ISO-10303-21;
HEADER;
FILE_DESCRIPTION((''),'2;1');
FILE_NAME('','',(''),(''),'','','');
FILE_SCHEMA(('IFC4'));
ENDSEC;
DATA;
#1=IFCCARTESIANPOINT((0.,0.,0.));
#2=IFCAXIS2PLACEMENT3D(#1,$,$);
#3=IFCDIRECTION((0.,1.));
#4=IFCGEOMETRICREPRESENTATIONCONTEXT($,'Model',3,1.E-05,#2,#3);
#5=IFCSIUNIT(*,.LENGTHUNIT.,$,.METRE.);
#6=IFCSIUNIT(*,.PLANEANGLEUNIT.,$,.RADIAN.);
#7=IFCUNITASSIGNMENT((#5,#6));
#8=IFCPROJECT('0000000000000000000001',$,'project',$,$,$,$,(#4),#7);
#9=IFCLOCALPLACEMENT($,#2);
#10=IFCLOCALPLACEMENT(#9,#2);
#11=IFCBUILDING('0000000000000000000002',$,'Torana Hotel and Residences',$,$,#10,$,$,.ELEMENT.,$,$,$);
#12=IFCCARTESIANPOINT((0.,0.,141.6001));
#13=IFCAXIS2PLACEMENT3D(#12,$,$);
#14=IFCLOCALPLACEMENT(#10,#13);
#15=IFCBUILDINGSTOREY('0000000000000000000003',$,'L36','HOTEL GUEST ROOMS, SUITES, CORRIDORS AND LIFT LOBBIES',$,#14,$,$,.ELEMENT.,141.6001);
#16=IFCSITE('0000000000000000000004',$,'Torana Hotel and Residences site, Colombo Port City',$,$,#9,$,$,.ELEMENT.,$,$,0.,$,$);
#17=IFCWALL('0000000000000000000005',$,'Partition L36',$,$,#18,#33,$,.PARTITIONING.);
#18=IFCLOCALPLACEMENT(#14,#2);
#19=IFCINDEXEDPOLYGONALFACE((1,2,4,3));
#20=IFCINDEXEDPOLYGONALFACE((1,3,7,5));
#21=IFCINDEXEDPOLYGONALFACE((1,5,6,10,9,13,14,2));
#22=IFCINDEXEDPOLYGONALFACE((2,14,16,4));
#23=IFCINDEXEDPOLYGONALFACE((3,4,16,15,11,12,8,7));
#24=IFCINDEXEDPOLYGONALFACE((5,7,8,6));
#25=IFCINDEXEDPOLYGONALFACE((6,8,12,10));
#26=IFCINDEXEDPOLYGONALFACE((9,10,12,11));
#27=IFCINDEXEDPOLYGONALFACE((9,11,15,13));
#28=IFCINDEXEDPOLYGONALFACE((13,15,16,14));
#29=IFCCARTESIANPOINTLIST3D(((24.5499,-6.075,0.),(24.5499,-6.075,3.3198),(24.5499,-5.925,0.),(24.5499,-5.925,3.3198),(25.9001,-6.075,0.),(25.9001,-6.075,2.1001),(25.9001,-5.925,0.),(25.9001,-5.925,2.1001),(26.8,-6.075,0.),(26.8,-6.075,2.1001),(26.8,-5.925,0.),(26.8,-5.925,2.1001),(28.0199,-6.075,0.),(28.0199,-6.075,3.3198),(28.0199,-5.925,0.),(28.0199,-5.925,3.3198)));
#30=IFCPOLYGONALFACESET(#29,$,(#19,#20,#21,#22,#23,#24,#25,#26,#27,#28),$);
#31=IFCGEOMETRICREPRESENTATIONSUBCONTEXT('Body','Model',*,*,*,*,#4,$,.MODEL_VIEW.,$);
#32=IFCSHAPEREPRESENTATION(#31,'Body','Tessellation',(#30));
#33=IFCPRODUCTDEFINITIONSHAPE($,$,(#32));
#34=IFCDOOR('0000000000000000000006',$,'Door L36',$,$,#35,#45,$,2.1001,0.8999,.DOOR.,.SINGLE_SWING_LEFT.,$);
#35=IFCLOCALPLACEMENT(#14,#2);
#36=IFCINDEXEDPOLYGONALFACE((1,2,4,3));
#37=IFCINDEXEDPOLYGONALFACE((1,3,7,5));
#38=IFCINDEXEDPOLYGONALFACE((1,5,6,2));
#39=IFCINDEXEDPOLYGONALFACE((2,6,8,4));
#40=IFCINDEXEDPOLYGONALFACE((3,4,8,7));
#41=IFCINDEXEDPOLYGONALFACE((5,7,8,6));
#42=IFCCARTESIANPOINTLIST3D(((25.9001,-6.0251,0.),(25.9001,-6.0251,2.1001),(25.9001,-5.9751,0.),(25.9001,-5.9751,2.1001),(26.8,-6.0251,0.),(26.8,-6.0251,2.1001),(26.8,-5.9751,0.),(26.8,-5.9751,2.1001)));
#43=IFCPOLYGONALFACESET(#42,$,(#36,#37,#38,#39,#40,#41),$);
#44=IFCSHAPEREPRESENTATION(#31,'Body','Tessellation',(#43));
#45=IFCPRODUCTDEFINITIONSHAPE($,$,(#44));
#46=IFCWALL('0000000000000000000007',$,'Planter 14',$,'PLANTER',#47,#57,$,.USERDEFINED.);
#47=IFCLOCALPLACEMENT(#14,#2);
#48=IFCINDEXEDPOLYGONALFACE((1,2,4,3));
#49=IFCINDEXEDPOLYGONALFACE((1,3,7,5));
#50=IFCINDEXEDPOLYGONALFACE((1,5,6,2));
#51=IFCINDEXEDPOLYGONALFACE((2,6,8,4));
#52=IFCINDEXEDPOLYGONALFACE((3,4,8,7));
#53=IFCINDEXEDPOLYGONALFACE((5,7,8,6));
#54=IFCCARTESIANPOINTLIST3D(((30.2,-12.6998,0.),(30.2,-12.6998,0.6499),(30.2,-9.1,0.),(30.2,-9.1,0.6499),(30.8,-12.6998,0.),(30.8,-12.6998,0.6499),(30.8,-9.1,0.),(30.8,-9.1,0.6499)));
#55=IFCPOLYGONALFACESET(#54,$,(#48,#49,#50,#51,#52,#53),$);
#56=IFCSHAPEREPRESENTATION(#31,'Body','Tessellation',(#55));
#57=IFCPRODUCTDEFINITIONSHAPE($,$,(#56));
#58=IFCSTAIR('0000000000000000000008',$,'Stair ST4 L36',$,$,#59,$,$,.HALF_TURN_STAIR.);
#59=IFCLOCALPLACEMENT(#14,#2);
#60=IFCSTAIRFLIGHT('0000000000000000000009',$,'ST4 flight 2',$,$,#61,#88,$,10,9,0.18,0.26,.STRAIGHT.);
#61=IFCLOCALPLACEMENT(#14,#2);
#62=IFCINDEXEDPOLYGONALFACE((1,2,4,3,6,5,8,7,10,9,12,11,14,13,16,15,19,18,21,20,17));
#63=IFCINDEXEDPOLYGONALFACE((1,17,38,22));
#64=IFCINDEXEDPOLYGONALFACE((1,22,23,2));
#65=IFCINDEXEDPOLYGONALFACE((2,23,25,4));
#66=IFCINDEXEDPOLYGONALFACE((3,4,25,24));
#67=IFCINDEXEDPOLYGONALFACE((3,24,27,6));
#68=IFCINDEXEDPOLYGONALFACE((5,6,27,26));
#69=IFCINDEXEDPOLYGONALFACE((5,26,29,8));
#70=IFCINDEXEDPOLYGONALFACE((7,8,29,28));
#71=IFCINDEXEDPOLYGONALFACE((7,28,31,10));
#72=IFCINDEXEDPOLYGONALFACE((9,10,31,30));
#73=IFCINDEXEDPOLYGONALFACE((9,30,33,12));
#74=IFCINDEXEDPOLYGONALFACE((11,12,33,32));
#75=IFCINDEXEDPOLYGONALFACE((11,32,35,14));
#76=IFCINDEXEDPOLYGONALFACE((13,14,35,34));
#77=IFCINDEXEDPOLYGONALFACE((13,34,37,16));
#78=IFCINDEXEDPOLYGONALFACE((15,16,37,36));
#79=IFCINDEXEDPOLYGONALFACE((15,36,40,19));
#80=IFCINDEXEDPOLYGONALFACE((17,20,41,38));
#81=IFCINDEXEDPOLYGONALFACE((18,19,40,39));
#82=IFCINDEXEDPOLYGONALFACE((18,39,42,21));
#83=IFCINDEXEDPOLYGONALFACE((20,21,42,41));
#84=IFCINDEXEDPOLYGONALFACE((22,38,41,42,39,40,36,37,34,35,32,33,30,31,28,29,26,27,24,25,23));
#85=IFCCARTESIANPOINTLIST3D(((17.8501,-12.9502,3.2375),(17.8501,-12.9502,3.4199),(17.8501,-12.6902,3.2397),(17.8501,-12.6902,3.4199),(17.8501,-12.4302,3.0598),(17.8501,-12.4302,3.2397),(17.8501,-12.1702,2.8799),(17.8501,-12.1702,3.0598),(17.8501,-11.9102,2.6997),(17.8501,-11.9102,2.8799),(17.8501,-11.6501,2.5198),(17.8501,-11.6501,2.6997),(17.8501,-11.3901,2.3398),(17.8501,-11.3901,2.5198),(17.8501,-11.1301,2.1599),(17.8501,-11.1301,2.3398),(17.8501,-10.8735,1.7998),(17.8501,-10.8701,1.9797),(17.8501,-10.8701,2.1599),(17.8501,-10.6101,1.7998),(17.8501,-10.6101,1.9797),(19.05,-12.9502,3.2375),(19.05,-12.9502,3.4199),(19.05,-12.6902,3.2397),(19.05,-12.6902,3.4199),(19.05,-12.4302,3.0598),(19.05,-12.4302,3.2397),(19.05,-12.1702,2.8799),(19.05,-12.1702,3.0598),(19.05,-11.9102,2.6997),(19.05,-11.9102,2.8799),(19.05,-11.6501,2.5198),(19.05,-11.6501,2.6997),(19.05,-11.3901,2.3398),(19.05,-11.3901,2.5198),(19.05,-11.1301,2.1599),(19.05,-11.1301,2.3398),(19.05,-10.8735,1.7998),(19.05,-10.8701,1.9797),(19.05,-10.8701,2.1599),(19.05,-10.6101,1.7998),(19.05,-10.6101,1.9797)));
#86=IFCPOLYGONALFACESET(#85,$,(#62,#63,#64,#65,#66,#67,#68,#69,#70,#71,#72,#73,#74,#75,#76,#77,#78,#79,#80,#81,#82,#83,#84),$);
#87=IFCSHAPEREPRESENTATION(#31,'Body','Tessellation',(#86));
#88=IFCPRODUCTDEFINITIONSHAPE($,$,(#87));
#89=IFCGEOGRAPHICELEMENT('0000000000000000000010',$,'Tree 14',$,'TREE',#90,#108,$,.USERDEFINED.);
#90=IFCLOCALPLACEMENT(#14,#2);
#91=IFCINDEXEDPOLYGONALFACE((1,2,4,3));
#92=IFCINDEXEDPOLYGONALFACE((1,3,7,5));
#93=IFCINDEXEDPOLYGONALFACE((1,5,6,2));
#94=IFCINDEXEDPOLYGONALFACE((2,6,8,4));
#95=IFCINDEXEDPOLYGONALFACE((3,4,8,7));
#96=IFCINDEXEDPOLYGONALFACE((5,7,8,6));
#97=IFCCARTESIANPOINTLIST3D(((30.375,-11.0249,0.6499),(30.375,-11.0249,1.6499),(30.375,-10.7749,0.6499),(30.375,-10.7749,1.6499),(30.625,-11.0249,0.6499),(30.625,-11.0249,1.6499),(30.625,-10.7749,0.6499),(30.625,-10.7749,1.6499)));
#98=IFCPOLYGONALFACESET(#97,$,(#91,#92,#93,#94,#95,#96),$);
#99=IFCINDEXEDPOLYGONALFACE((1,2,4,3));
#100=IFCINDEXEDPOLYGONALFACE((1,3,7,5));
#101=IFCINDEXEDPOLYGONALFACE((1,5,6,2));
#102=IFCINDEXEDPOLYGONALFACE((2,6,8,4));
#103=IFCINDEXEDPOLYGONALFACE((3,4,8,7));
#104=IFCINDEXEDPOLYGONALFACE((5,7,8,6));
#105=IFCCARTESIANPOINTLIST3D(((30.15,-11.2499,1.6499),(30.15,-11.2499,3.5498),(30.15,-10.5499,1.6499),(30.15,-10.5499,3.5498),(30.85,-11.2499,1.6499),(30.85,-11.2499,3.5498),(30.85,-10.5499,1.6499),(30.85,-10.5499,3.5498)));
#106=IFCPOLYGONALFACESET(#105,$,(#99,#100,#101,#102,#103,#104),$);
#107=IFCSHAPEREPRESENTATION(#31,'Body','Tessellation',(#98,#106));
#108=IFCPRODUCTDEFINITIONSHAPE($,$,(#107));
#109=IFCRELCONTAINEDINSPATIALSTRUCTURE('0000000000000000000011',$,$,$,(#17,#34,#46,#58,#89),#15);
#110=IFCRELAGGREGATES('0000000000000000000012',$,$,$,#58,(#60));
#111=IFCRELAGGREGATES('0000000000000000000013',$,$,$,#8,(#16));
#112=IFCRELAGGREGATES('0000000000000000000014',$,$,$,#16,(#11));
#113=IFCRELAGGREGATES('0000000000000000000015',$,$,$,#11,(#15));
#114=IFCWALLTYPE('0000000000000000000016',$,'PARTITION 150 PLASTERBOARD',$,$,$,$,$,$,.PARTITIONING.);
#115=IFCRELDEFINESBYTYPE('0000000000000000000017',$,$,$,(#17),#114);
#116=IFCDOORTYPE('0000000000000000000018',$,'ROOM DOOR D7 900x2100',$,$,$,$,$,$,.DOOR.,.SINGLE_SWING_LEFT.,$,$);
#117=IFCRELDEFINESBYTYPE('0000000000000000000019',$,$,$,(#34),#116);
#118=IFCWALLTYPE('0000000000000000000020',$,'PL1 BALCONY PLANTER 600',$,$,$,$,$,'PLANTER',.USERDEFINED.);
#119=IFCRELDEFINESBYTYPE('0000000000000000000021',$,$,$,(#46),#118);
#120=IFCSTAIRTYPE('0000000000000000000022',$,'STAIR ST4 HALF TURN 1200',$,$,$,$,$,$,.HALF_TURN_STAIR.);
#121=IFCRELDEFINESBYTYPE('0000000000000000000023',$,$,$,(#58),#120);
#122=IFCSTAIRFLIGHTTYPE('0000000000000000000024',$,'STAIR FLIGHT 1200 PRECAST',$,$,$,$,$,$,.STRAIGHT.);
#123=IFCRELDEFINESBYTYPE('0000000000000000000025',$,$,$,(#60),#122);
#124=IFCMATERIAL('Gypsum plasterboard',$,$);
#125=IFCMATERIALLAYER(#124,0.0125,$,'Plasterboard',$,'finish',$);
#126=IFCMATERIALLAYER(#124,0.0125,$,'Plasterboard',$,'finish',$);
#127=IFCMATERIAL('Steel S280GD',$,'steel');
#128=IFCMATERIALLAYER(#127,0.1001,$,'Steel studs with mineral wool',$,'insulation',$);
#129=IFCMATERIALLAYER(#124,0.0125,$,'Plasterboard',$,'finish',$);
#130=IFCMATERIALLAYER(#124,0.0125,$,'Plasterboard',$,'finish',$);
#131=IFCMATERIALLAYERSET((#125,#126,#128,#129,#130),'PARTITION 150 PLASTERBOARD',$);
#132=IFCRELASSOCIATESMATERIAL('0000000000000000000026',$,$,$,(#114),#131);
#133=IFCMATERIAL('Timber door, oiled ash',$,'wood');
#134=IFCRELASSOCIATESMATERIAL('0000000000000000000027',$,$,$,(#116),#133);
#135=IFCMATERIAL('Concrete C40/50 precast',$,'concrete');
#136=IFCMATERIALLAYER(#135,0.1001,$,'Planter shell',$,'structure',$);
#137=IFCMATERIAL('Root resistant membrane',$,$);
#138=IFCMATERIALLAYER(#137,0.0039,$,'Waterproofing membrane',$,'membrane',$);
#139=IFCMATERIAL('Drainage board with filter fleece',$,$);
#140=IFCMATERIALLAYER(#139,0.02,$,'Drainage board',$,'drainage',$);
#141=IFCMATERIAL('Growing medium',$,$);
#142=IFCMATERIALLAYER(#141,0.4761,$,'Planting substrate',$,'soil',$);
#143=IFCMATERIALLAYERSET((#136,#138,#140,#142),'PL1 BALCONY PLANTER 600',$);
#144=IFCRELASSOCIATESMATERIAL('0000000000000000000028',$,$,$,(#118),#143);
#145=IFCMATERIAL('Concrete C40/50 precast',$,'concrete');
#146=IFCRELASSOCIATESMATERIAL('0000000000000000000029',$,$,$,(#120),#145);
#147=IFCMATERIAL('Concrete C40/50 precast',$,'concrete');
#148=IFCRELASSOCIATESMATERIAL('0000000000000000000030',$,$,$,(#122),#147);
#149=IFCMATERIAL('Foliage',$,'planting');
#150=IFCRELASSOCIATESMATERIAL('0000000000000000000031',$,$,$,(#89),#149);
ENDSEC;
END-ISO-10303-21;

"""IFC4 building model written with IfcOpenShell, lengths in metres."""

from ifc_helpers import new_model, si_unit, direction, frame, frame_2d, origin, origin_2d, place, context, subcontext, project, spatial, polyline, rectangle, outline, extrude, material, layer, layer_set, type_object, element, fill, aggregate, save


model = new_model("IFC4")

# Units and contexts
model_context = context("Model", 3, precision=1e-05, world=origin(), true_north=direction((0.0, 1.0)))
body_context = subcontext(model_context, "Body", "Model", "MODEL_VIEW")
ifc_project = project(units=[si_unit("LENGTHUNIT", "METRE"), si_unit("PLANEANGLEUNIT", "RADIAN")], contexts=[model_context])

# Site, building, storey
site_placement = place(None, origin())
site = spatial("IfcSite", under=ifc_project, at=site_placement, Name="Torana Hotel and Residences site, Colombo Port City", CompositionType="ELEMENT", RefElevation=0.0)
building_placement = place(site_placement, origin())
building = spatial("IfcBuilding", under=site, at=building_placement, Name="Torana Hotel and Residences", CompositionType="ELEMENT")
storey_placement = place(building_placement, frame((0.0, 0.0, 141.6001)))
storey = spatial("IfcBuildingStorey", under=building, at=storey_placement, Name="L36", Description="HOTEL GUEST ROOMS, SUITES, CORRIDORS AND LIFT LOBBIES", CompositionType="ELEMENT", Elevation=141.6001)

# Shared definitions
ifc_material_1 = material(Name="Steel S280GD", Category="steel")

# Shared definitions
ifc_material_2 = material(Name="Concrete C40/50 precast", Category="concrete")

# Shared definitions
ifc_material_3 = material(Name="Gypsum plasterboard")
ifc_layer_1 = layer(ifc_material_3, 0.0125, Name="Plasterboard", Category="finish")
ifc_layer_2 = layer(ifc_material_3, 0.0125, Name="Plasterboard", Category="finish")
ifc_layer_3 = layer(ifc_material_1, 0.1001, Name="Steel studs with mineral wool", Category="insulation")
ifc_layer_4 = layer(ifc_material_3, 0.0125, Name="Plasterboard", Category="finish")
ifc_layer_5 = layer(ifc_material_3, 0.0125, Name="Plasterboard", Category="finish")
ifc_layer_set_1 = layer_set([ifc_layer_1, ifc_layer_2, ifc_layer_3, ifc_layer_4, ifc_layer_5], Name="PARTITION 150 PLASTERBOARD")
wall_type_1 = type_object("IfcWallType", Name="PARTITION 150 PLASTERBOARD", PredefinedType="PARTITIONING", material=ifc_layer_set_1)

# Wall, opening, door
wall_1_placement = place(storey_placement, frame((24.55, -6.0, 0.0), z_axis=(0.0, 0.0, 1.0), x_axis=(1.0, 0.0, 0.0)))
wall_1 = element("IfcWall", 1, at=wall_1_placement, inside=storey, type_object=wall_type_1, Name="Partition L36", PredefinedType="PARTITIONING", context=body_context, shape_type="SweptSolid", body=[
    extrude(rectangle(XDim=3.47, YDim=0.1499, at=frame_2d((1.7349, 0.0))), origin(), (0.0, 0.0, 1.0), 3.3198),
])
opening_1_placement = place(wall_1_placement, frame((1.3501, 0.0, 0.0)))
opening_1 = element("IfcOpeningElement", 2, at=opening_1_placement, cuts=wall_1, PredefinedType="OPENING", context=body_context, shape_type="SweptSolid", body=[
    extrude(rectangle(XDim=0.8999, YDim=2.1001, at=frame_2d((0.45, 1.05))), frame((0.0, 0.085, 0.0), z_axis=(0.0, -1.0, 0.0), x_axis=(1.0, 0.0, 0.0)), (0.0, 0.0, 1.0), 0.1699),
])
ifc_material_4 = material(Name="Timber door, oiled ash", Category="wood")
door_type = type_object("IfcDoorType", Name="ROOM DOOR D7 900x2100", OperationType="SINGLE_SWING_LEFT", PredefinedType="DOOR", material=ifc_material_4)
door_placement = place(opening_1_placement, origin())
door = element("IfcDoor", 3, at=door_placement, inside=storey, type_object=door_type, Name="Door L36", OperationType="SINGLE_SWING_LEFT", OverallHeight=2.1001, OverallWidth=0.8999, PredefinedType="DOOR", context=body_context, shape_type="SweptSolid", body=[
    extrude(rectangle(XDim=0.8999, YDim=2.1001, at=frame_2d((0.45, 1.05))), frame((0.0, 0.0249, 0.0), z_axis=(0.0, -1.0, 0.0), x_axis=(1.0, 0.0, 0.0)), (0.0, 0.0, 1.0), 0.05),
])
fill(opening_1, door)

# Wall
ifc_layer_6 = layer(ifc_material_2, 0.1001, Name="Planter shell", Category="structure")
ifc_material_5 = material(Name="Root resistant membrane")
ifc_layer_7 = layer(ifc_material_5, 0.0039, Name="Waterproofing membrane", Category="membrane")
ifc_material_6 = material(Name="Drainage board with filter fleece")
ifc_layer_8 = layer(ifc_material_6, 0.02, Name="Drainage board", Category="drainage")
ifc_material_7 = material(Name="Growing medium")
ifc_layer_9 = layer(ifc_material_7, 0.4761, Name="Planting substrate", Category="soil")
ifc_layer_set_2 = layer_set([ifc_layer_6, ifc_layer_7, ifc_layer_8, ifc_layer_9], Name="PL1 BALCONY PLANTER 600")
wall_type_2 = type_object("IfcWallType", Name="PL1 BALCONY PLANTER 600", ElementType="PLANTER", PredefinedType="USERDEFINED", material=ifc_layer_set_2)
wall_2_placement = place(storey_placement, frame((30.5, -9.1001, 0.0), z_axis=(0.0, 0.0, 1.0), x_axis=(0.0, -1.0, 0.0)))
element("IfcWall", 4, at=wall_2_placement, inside=storey, type_object=wall_type_2, Name="Planter 14", ObjectType="PLANTER", PredefinedType="USERDEFINED", context=body_context, shape_type="SweptSolid", body=[
    extrude(rectangle(XDim=3.5999, YDim=0.6001, at=frame_2d((1.7998, 0.0))), origin(), (0.0, 0.0, 1.0), 0.6499),
])

# Stair, stair flight
ifc_material_8 = material(Name="Concrete C40/50 precast", Category="concrete")
stair_type = type_object("IfcStairType", Name="STAIR ST4 HALF TURN 1200", PredefinedType="HALF_TURN_STAIR", material=ifc_material_8)
stair_placement = place(storey_placement, origin())
stair = element("IfcStair", 5, at=stair_placement, inside=storey, type_object=stair_type, Name="Stair ST4 L36", PredefinedType="HALF_TURN_STAIR")
ifc_material_9 = material(Name="Concrete C40/50 precast", Category="concrete")
stair_flight_type = type_object("IfcStairFlightType", Name="STAIR FLIGHT 1200 PRECAST", PredefinedType="STRAIGHT", material=ifc_material_9)
stair_flight_placement = place(storey_placement, frame((18.45, -10.6101, 1.7998), z_axis=(0.0, 0.0, 1.0), x_axis=(0.0, -1.0, 0.0)))
stair_flight = element("IfcStairFlight", 6, at=stair_flight_placement, type_object=stair_flight_type, Name="ST4 flight 2", NumberOfRisers=10, NumberOfTreads=9, PredefinedType="STRAIGHT", RiserHeight=0.18, TreadLength=0.26, context=body_context, shape_type="SweptSolid", body=[
    extrude(outline(polyline([(0.0, 0.0), (0.0, 0.1799), (0.26, 0.1799), (0.26, 0.3601), (0.52, 0.3601), (0.52, 0.54), (0.78, 0.54), (0.78, 0.72), (1.04, 0.72), (1.04, 0.8999), (1.3, 0.8999), (1.3, 1.0801), (1.5601, 1.0801), (1.5601, 1.26), (1.8201, 1.26), (1.8201, 1.4399), (2.0801, 1.4399), (2.0801, 1.6201), (2.3401, 1.6201), (2.3401, 1.8), (2.3401, 1.4377), (0.2634, 0.0), (0.0, 0.0)])), frame((0.0, 0.6001, 0.0), z_axis=(0.0, -1.0, 0.0), x_axis=(1.0, 0.0, 0.0)), (0.0, 0.0, 1.0), 1.2),
])
aggregate(stair, [stair_flight])

# Geographic element
ifc_material_10 = material(Name="Foliage", Category="planting")
geographic_element_placement = place(storey_placement, frame((30.5, -10.8999, 0.6499), z_axis=(0.0, 0.0, 1.0), x_axis=(1.0, 0.0, 0.0)))
element("IfcGeographicElement", 7, at=geographic_element_placement, inside=storey, material=ifc_material_10, Name="Tree 14", ObjectType="TREE", PredefinedType="USERDEFINED", context=body_context, shape_type="SweptSolid", body=[
    extrude(rectangle(XDim=0.25, YDim=0.25, at=origin_2d()), origin(), (0.0, 0.0, 1.0), 1.0),
    extrude(rectangle(XDim=0.7, YDim=0.7, at=origin_2d()), frame((0.0, 0.0, 1.0)), (0.0, 0.0, 1.0), 1.8999),
])

save(model, "model.ifc")
